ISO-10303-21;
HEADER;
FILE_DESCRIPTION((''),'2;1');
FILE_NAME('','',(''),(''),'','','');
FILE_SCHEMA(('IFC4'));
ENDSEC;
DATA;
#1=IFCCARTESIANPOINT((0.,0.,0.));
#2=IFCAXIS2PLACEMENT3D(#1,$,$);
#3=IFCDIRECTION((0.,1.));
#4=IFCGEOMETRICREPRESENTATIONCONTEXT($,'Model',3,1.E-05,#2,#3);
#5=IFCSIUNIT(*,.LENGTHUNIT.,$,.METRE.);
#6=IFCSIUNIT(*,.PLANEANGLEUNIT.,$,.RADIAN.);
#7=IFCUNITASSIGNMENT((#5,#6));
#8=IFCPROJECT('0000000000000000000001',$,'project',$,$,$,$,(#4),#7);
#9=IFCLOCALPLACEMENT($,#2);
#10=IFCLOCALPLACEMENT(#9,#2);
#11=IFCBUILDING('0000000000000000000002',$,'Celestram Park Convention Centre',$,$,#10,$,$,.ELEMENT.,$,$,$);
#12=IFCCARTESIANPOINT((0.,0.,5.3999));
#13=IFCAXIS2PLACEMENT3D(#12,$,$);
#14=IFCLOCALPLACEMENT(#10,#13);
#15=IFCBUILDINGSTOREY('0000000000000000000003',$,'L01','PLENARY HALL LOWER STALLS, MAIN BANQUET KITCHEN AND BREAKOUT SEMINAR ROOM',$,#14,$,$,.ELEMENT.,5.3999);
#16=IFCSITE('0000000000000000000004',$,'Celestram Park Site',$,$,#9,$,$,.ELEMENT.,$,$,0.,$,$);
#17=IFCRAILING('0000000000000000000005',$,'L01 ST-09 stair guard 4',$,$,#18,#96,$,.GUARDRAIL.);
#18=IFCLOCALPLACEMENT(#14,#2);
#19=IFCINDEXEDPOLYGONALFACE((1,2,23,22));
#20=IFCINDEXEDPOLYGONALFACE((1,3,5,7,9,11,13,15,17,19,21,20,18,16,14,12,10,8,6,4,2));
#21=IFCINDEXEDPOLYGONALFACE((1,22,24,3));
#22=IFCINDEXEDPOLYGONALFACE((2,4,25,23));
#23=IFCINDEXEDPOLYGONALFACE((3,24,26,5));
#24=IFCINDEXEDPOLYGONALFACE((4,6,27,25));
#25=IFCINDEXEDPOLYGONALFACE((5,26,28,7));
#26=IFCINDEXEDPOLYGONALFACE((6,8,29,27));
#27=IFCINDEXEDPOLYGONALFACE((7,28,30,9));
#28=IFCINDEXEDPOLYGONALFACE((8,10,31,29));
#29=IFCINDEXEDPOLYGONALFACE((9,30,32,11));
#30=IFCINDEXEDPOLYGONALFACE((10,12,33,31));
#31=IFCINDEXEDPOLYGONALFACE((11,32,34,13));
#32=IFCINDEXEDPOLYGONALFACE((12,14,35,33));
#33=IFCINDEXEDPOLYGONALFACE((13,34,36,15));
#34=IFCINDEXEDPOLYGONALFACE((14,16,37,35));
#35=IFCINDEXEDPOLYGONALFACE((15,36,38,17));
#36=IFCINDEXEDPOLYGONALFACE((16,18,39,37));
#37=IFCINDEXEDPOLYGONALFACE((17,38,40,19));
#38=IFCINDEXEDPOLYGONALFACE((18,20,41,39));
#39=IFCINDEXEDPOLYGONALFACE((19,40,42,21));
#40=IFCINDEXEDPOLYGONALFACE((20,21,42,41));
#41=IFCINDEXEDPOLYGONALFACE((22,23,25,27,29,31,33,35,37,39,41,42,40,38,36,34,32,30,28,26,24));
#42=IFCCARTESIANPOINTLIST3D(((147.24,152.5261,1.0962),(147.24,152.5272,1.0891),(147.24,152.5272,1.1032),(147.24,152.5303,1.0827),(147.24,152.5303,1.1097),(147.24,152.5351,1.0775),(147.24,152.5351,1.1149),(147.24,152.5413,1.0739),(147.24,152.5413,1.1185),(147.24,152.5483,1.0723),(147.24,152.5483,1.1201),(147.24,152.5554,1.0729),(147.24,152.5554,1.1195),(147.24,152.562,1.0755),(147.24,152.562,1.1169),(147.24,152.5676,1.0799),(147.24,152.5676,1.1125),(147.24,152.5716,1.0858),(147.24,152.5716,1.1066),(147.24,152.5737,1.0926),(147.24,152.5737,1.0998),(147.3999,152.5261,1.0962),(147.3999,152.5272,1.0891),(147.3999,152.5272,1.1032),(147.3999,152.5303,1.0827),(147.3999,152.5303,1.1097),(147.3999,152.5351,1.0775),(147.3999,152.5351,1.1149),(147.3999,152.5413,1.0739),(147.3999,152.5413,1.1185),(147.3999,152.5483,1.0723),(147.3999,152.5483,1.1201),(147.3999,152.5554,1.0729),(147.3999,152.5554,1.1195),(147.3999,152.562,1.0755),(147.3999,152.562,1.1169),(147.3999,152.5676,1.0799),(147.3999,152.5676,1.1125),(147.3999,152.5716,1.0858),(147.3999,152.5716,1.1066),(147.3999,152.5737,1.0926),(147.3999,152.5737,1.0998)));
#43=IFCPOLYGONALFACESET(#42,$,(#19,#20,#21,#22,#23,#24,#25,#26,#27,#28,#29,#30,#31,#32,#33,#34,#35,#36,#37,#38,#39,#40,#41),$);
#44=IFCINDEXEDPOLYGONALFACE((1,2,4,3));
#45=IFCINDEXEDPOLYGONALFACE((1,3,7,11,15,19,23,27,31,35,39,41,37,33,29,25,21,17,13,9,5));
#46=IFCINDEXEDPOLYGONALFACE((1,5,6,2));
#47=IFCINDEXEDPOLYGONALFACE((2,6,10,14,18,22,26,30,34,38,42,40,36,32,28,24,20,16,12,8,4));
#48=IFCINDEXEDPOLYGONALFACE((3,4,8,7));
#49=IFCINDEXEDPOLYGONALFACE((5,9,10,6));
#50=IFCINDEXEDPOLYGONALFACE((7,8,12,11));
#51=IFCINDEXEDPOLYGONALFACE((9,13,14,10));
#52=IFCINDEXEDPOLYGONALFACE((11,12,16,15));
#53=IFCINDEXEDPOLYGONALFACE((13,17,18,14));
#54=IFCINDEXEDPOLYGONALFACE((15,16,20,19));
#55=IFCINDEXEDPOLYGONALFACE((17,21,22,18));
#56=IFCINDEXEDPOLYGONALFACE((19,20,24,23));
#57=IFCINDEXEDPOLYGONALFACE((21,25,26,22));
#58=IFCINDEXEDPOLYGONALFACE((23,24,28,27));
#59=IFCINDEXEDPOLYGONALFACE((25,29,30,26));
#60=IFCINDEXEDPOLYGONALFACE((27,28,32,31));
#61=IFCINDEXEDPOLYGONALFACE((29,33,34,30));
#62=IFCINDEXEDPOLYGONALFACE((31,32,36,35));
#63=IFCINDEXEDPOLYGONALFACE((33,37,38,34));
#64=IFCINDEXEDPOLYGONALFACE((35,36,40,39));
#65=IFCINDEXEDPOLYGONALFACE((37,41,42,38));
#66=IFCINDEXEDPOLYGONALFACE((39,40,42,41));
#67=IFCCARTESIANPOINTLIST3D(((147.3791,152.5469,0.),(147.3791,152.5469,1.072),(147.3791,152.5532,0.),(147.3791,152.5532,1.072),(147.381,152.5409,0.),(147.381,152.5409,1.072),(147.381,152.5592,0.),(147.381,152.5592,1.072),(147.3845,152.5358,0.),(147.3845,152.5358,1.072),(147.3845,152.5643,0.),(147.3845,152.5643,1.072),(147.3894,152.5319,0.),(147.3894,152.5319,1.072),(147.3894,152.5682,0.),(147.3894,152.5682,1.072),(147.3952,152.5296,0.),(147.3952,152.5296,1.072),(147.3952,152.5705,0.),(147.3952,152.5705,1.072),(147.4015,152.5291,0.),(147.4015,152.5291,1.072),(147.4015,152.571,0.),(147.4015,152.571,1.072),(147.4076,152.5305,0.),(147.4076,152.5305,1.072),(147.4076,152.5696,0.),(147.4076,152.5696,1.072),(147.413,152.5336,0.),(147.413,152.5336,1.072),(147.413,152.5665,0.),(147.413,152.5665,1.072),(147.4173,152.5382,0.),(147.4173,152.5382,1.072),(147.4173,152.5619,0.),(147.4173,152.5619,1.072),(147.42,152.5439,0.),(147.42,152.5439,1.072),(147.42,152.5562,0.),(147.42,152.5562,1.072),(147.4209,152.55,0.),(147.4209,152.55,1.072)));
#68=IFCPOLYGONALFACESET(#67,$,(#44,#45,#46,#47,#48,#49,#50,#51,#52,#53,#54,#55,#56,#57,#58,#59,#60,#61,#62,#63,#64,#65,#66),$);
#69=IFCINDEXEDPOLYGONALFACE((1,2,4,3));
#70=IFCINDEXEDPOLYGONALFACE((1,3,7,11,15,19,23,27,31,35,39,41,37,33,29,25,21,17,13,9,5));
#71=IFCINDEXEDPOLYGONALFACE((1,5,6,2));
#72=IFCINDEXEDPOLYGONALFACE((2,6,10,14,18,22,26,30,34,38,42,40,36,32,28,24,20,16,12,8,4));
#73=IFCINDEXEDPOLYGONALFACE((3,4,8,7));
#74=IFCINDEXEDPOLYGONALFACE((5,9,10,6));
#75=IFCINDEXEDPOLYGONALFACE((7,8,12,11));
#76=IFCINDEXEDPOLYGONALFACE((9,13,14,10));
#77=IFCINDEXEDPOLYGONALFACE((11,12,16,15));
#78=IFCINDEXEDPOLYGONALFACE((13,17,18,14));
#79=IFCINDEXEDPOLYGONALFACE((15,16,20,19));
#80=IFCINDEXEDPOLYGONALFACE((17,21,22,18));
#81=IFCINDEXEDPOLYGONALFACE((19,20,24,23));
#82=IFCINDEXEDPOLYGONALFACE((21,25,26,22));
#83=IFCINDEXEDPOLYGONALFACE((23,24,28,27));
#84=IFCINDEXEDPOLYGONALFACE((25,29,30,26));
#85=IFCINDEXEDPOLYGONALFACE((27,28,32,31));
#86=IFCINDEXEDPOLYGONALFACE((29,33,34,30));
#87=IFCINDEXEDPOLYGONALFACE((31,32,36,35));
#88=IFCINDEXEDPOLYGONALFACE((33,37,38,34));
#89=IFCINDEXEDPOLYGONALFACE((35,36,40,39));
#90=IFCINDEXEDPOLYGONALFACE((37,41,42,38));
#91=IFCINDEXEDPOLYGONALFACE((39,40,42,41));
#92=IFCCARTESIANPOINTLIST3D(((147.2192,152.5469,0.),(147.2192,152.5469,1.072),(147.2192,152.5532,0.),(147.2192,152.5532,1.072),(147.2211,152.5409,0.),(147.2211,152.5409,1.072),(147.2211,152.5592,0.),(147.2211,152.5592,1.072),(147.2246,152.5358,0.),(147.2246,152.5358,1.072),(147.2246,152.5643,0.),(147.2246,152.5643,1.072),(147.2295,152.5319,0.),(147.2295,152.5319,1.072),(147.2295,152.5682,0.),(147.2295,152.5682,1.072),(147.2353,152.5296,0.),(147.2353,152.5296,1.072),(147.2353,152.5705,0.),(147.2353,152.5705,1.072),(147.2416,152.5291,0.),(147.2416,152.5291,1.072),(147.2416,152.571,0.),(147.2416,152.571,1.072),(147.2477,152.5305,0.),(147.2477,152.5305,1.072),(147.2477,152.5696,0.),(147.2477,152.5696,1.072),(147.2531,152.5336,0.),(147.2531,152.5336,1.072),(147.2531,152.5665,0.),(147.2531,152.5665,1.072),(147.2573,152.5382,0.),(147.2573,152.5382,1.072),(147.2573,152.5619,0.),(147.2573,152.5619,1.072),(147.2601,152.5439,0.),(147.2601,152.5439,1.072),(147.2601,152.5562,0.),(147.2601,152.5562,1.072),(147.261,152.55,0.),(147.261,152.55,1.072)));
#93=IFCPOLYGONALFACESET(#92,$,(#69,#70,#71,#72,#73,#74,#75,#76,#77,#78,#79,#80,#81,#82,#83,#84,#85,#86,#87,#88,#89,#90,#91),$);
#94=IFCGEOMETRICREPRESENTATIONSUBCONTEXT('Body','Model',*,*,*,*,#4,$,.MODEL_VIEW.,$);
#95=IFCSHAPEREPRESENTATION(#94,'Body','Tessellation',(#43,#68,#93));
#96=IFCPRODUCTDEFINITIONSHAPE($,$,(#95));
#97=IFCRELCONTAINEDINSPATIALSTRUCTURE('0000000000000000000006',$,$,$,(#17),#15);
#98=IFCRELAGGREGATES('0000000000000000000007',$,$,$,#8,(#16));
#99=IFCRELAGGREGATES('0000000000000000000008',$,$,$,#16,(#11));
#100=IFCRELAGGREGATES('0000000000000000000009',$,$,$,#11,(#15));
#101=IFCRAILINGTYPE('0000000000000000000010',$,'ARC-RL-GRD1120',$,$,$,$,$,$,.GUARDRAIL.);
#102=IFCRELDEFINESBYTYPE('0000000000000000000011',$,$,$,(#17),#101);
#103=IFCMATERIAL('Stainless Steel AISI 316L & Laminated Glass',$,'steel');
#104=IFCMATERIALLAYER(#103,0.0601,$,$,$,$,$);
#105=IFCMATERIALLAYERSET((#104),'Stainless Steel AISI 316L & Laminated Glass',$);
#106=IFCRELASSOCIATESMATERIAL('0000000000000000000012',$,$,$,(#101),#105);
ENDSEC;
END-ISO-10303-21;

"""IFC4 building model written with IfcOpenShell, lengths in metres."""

from ifc_helpers import new_model, si_unit, direction, frame, origin, origin_2d, place, context, subcontext, project, spatial, circle, extrude, material, layer, layer_set, type_object, element, save


model = new_model("IFC4")

# Units and contexts
model_context = context("Model", 3, precision=1e-05, world=origin(), true_north=direction((0.0, 1.0)))
body_context = subcontext(model_context, "Body", "Model", "MODEL_VIEW")
ifc_project = project(units=[si_unit("LENGTHUNIT", "METRE"), si_unit("PLANEANGLEUNIT", "RADIAN")], contexts=[model_context])

# Site, building, storey
site_placement = place(None, origin())
site = spatial("IfcSite", under=ifc_project, at=site_placement, Name="Celestram Park Site", CompositionType="ELEMENT", RefElevation=0.0)
building_placement = place(site_placement, origin())
building = spatial("IfcBuilding", under=site, at=building_placement, Name="Celestram Park Convention Centre", CompositionType="ELEMENT")
storey_placement = place(building_placement, frame((0.0, 0.0, 5.3999)))
storey = spatial("IfcBuildingStorey", under=building, at=storey_placement, Name="L01", Description="PLENARY HALL LOWER STALLS, MAIN BANQUET KITCHEN AND BREAKOUT SEMINAR ROOM", CompositionType="ELEMENT", Elevation=5.3999)

# Railing
ifc_material_1 = material(Name="Stainless Steel AISI 316L & Laminated Glass", Category="steel")
ifc_layer_1 = layer(ifc_material_1, 0.0601)
ifc_layer_set_1 = layer_set([ifc_layer_1], Name="Stainless Steel AISI 316L & Laminated Glass")
railing_type_1 = type_object("IfcRailingType", Name="ARC-RL-GRD1120", PredefinedType="GUARDRAIL", material=ifc_layer_set_1)
for number, where, name in (
    (1, (147.3999, 152.55, 0.0), "L01 ST-09 stair guard 4"),
):
    element("IfcRailing", number, at=place(storey_placement, frame(where)), inside=storey, type_object=railing_type_1, Name=name, PredefinedType="GUARDRAIL", context=body_context, shape_type="SweptSolid", body=[
        extrude(circle(Radius=0.0239, at=origin_2d()), frame((0.0, 0.0, 1.0962), z_axis=(-1.0, 0.0, 0.0), x_axis=(0.0, -1.0, 0.0)), (0.0, 0.0, 1.0), 0.1599),
        extrude(circle(Radius=0.021, at=origin_2d()), origin(), (0.0, 0.0, 1.0), 1.072),
        extrude(circle(Radius=0.021, at=origin_2d()), frame((-0.1599, 0.0, 0.0)), (0.0, 0.0, 1.0), 1.072),
    ])

save(model, "model.ifc")
